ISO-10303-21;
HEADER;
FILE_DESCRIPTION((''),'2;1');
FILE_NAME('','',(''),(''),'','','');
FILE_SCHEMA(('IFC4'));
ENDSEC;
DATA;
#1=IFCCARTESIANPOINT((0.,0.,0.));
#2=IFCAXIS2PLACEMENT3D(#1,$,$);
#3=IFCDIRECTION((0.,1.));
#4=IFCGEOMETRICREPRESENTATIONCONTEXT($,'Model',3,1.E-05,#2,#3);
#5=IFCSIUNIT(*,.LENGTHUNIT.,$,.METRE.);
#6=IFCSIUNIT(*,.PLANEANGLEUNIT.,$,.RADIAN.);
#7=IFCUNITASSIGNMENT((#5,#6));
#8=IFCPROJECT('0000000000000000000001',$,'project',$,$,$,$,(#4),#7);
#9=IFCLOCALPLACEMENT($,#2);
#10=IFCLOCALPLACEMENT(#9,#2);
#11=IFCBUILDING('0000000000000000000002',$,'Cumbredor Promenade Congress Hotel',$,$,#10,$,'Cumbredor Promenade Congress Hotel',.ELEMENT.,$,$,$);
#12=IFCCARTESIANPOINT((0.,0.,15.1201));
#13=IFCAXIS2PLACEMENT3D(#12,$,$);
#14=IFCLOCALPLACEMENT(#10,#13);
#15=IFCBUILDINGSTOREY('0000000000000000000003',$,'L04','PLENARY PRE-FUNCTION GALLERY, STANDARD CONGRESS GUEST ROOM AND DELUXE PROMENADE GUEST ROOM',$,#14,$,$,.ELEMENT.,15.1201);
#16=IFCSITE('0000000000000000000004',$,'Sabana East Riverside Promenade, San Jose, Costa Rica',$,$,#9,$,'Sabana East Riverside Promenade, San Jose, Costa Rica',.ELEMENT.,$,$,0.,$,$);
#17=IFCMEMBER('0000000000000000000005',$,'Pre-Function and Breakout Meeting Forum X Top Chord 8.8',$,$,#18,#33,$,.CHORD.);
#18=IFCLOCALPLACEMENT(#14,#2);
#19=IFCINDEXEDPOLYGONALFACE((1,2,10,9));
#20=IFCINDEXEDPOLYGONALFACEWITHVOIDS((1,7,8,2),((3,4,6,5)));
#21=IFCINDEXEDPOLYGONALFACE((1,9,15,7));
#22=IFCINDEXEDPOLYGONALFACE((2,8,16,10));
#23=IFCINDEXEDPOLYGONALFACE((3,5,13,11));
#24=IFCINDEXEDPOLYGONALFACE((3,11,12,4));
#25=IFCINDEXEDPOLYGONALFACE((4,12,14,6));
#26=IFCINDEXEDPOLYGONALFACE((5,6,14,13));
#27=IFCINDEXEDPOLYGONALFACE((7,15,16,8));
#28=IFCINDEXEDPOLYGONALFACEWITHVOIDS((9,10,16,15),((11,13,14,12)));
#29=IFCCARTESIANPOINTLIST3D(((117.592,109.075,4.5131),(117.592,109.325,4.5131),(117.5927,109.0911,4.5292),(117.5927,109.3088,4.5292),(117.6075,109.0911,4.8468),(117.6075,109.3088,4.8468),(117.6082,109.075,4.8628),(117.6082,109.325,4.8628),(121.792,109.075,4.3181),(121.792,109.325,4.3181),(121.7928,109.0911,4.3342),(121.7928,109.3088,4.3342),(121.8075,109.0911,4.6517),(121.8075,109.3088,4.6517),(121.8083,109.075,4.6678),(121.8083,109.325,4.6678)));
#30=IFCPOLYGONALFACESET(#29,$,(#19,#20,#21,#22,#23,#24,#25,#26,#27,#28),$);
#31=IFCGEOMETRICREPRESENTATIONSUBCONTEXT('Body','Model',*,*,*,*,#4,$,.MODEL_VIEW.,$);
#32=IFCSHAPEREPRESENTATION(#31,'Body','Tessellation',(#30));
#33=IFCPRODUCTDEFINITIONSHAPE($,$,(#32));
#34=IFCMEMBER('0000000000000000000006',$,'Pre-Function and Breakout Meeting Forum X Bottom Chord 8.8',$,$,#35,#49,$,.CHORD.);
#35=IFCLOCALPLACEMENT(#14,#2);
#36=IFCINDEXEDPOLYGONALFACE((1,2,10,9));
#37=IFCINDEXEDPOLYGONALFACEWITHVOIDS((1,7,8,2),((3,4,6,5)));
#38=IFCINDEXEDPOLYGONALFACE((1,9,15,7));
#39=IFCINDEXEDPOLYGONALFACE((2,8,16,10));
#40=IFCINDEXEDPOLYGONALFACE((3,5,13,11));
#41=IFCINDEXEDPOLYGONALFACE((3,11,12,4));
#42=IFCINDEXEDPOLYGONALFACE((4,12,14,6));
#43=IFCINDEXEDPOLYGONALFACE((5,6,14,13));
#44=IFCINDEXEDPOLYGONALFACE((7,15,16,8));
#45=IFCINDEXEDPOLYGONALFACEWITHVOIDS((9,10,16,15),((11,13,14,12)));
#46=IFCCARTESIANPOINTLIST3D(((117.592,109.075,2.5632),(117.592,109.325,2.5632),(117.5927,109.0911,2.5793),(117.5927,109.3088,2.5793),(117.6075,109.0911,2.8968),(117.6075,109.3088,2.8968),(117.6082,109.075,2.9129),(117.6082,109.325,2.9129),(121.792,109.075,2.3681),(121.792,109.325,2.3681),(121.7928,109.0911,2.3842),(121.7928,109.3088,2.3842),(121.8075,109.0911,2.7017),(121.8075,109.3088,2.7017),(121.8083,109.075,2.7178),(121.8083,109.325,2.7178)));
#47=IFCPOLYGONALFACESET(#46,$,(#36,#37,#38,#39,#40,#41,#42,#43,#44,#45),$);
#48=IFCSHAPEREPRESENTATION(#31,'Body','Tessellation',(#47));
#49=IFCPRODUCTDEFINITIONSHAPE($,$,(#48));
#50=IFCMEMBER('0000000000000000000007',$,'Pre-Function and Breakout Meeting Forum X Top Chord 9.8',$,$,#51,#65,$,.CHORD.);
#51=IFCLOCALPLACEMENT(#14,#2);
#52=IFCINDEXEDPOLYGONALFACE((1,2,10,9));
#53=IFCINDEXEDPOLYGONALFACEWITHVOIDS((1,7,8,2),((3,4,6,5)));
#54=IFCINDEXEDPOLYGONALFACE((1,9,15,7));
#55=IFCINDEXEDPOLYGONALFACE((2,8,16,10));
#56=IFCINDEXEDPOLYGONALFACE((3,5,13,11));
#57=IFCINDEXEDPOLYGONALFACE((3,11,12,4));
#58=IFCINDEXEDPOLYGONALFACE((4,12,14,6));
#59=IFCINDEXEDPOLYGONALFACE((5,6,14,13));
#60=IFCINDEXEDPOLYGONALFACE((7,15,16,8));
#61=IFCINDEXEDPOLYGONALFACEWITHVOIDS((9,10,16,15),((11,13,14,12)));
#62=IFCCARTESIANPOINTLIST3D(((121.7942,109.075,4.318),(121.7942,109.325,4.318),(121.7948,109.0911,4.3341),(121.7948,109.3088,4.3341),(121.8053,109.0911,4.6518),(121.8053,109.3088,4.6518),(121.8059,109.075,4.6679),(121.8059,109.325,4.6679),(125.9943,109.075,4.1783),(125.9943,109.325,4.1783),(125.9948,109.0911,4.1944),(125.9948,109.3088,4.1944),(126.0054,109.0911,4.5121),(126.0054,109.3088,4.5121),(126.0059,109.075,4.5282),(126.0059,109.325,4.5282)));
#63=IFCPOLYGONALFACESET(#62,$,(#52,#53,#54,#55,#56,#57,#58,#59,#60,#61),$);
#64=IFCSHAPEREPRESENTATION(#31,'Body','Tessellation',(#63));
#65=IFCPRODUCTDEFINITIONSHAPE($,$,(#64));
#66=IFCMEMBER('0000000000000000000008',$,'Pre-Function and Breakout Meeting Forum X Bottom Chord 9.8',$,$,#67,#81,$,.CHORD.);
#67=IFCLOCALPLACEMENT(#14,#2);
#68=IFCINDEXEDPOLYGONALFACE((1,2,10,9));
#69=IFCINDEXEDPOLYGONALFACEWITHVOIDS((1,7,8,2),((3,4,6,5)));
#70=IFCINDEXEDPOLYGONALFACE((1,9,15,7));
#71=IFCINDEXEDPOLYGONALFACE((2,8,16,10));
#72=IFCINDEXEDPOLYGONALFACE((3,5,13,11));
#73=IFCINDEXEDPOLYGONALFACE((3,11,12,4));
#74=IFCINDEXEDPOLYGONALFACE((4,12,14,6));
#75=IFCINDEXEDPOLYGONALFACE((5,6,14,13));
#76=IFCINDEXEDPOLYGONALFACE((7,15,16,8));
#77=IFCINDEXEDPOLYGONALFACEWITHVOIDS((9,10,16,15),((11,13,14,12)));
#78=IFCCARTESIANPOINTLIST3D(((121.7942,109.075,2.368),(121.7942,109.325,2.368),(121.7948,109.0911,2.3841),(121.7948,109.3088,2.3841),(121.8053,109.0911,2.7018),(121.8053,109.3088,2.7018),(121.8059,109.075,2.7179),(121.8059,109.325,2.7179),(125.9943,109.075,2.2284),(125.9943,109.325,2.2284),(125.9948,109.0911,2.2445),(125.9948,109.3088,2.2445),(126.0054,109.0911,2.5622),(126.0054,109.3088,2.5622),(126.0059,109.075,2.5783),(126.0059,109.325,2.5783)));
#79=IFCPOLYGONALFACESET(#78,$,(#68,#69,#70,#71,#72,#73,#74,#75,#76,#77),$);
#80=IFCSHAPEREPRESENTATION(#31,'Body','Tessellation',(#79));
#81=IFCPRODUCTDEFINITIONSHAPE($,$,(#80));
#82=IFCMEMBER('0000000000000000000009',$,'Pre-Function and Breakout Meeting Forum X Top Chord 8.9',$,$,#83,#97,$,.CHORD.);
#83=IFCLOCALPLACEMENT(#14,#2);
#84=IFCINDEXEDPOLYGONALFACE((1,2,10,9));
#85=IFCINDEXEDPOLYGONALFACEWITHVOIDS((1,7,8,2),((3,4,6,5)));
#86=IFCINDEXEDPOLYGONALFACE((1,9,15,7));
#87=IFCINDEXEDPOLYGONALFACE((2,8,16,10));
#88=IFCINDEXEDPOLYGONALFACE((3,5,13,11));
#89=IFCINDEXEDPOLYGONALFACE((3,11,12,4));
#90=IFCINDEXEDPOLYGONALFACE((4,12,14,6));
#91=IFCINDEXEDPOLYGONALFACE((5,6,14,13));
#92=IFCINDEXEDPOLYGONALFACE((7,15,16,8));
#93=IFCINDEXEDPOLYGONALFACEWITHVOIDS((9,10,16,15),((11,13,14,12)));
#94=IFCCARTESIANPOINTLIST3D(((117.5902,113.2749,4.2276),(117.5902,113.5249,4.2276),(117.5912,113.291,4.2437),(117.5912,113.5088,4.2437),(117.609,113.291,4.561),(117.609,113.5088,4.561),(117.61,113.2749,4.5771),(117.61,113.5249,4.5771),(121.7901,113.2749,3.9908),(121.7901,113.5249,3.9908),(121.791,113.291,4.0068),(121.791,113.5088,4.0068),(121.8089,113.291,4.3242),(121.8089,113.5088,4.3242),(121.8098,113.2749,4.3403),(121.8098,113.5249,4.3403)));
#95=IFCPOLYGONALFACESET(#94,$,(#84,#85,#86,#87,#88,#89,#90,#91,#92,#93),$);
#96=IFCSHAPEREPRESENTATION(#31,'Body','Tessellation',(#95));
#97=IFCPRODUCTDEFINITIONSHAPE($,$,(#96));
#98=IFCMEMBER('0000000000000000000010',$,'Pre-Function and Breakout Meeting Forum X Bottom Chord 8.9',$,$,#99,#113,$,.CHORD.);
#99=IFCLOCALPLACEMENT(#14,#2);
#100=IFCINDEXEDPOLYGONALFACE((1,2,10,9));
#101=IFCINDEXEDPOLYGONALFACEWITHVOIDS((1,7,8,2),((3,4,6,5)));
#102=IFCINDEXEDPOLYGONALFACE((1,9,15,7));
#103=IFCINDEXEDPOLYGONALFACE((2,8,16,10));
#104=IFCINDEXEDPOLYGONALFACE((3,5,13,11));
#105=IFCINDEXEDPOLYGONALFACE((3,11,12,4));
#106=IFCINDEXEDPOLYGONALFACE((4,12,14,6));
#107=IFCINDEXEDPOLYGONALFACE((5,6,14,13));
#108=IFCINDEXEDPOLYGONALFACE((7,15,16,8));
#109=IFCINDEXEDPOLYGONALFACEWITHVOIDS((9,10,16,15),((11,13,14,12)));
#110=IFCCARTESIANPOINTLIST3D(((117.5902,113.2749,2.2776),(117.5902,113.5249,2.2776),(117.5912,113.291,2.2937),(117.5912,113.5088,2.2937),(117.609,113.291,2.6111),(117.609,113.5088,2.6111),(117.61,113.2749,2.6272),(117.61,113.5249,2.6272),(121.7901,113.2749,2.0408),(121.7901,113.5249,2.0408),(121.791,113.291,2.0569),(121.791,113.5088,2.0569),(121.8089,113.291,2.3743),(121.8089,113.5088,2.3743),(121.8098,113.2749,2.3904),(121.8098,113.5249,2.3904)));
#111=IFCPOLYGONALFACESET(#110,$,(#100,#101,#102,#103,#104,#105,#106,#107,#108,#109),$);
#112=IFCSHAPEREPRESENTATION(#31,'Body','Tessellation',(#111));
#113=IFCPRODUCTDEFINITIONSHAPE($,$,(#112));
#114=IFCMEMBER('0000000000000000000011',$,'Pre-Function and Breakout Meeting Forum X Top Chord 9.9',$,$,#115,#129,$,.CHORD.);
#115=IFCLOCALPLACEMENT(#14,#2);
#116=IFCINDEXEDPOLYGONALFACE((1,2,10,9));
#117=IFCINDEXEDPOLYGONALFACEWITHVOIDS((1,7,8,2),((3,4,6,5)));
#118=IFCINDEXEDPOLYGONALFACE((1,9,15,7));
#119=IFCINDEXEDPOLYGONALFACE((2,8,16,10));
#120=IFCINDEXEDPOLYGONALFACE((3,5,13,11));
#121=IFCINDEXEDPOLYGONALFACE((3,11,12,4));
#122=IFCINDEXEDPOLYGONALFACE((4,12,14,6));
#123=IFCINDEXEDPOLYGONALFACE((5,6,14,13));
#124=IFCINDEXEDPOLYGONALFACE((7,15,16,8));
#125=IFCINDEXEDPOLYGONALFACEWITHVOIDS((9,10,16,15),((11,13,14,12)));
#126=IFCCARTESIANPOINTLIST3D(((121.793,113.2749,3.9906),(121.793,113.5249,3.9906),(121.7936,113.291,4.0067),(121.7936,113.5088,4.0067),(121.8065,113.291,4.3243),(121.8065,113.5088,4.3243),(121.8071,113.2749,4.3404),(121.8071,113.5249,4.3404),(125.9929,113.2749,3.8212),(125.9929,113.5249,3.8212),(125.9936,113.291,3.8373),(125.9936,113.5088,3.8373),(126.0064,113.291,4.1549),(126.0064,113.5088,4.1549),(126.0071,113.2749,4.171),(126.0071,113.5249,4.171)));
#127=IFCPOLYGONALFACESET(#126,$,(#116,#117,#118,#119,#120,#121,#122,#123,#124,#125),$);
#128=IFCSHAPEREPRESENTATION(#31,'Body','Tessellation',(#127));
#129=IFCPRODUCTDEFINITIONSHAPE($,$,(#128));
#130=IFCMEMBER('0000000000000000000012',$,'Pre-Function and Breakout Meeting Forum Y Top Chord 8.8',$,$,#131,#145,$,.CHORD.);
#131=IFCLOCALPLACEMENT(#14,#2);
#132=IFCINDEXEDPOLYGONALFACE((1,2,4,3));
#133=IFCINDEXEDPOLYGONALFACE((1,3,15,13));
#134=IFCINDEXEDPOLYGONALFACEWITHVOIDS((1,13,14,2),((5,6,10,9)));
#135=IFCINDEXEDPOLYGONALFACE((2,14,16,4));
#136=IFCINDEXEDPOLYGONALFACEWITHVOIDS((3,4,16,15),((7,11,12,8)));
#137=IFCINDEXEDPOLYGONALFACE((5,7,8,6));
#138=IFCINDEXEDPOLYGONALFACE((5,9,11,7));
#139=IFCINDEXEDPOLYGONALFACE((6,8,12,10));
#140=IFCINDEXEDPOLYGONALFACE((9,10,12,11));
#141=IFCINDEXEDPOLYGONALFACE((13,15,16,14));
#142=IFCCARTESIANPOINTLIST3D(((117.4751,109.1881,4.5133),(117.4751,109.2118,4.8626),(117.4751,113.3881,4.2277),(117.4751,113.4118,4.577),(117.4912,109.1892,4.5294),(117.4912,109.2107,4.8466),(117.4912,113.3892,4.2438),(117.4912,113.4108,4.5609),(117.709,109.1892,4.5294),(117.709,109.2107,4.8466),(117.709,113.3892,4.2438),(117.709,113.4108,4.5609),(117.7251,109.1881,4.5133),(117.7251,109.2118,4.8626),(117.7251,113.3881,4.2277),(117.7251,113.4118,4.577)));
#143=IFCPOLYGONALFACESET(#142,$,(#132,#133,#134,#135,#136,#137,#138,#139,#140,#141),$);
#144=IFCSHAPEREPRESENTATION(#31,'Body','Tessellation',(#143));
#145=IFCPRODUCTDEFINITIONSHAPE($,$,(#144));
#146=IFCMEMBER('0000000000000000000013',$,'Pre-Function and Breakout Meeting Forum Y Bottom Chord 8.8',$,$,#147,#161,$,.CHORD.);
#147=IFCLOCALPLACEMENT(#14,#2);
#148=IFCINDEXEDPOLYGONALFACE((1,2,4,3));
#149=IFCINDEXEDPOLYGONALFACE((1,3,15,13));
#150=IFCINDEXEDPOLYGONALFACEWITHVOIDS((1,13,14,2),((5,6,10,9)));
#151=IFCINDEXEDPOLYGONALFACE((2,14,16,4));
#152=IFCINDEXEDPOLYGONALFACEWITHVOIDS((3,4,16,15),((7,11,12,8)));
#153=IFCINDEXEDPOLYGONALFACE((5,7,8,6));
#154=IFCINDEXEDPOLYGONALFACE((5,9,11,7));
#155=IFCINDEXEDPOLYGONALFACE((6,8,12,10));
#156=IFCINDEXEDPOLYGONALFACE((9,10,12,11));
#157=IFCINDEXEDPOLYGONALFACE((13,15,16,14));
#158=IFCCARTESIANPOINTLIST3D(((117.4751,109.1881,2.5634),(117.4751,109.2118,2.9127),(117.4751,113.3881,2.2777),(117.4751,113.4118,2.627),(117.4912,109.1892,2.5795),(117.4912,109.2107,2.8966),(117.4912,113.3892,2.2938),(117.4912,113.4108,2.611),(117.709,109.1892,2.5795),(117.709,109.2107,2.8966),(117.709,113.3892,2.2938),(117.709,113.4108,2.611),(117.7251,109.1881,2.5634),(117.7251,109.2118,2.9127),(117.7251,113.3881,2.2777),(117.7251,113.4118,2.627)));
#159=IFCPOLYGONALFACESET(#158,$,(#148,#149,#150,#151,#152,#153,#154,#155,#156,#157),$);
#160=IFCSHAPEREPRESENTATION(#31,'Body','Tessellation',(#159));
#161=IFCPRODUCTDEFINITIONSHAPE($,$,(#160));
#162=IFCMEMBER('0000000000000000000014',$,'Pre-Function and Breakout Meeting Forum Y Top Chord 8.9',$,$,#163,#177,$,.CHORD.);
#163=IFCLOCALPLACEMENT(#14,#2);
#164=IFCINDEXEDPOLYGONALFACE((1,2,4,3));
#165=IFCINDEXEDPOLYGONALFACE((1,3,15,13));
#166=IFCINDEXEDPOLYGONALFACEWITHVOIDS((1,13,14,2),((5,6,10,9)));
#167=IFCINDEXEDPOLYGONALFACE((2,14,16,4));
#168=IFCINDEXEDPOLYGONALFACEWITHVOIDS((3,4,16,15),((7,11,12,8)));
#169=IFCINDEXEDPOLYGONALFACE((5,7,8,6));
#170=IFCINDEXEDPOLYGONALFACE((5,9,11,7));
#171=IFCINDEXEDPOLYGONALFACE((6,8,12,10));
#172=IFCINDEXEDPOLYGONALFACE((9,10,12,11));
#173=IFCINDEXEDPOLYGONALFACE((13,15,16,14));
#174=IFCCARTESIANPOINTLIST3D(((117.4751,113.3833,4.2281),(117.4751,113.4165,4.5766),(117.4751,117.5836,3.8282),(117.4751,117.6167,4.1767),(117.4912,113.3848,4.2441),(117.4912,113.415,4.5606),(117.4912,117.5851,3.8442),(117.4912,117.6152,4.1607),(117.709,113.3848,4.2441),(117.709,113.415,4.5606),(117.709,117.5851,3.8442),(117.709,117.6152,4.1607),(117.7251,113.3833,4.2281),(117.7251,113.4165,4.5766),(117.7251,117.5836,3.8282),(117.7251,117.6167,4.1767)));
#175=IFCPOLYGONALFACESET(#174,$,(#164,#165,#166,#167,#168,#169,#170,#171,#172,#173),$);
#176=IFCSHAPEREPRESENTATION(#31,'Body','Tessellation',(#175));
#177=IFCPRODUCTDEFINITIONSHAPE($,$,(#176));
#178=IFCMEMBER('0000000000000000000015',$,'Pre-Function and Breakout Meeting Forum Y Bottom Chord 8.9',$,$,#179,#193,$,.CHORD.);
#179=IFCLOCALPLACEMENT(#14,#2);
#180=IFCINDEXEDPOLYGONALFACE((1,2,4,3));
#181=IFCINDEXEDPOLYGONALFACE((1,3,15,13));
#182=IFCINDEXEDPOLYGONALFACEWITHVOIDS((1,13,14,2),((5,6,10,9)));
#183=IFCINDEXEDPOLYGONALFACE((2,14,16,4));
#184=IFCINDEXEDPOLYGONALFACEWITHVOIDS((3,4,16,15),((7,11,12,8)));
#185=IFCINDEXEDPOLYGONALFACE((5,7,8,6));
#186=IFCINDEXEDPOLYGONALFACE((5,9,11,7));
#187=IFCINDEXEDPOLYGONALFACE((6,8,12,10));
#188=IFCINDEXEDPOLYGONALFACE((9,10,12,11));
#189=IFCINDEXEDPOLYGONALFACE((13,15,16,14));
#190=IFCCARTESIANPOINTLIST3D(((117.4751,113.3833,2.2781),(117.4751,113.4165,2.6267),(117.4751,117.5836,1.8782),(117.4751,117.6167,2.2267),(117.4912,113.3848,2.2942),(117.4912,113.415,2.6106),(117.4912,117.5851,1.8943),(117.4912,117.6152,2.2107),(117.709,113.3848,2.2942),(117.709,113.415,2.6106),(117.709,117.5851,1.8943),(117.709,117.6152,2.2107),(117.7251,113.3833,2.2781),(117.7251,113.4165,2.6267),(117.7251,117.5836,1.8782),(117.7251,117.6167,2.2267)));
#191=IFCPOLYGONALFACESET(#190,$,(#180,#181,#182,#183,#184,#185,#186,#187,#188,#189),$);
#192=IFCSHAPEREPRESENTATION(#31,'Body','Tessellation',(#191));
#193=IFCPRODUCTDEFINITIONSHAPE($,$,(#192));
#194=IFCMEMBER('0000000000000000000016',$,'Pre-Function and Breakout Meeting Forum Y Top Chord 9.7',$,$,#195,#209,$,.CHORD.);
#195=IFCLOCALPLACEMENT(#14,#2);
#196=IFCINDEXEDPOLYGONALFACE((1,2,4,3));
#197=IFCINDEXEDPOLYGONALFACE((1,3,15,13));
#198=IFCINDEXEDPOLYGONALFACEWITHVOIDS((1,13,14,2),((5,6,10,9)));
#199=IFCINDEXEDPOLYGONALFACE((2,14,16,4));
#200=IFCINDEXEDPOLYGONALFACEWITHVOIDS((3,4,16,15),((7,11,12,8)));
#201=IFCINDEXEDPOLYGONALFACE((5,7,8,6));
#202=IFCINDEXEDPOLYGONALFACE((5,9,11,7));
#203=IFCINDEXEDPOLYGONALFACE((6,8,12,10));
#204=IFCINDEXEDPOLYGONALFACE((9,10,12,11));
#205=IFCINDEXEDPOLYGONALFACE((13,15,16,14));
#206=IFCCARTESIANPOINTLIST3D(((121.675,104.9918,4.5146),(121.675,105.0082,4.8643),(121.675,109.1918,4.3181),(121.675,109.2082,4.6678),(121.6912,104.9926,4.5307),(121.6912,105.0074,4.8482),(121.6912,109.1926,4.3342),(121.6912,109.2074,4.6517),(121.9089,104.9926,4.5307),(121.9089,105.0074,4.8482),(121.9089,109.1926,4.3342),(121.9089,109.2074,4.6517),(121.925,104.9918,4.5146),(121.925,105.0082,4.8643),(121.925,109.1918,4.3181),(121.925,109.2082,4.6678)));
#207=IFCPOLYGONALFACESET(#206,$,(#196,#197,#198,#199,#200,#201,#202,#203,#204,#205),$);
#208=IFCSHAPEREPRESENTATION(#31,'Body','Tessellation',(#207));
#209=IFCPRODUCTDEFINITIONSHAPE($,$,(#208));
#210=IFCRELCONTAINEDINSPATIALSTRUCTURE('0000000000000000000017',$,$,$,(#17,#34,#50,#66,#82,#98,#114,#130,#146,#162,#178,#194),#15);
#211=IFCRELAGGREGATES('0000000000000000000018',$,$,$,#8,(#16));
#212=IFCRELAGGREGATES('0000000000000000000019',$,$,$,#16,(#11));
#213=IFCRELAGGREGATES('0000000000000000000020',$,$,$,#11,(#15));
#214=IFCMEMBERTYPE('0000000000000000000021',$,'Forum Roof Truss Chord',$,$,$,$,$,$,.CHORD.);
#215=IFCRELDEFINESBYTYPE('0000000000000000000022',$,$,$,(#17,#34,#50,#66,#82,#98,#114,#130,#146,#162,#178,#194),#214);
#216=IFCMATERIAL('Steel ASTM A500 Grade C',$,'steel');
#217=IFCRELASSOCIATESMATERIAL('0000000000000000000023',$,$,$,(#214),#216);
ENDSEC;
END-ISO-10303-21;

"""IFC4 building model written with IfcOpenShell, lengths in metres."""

from ifc_helpers import new_model, si_unit, direction, frame, origin, origin_2d, place, context, subcontext, project, spatial, hollow_rectangle, extrude, material, material_profile, profile_set, type_object, element, save


model = new_model("IFC4")

# Units and contexts
model_context = context("Model", 3, precision=1e-05, world=origin(), true_north=direction((0.0, 1.0)))
body_context = subcontext(model_context, "Body", "Model", "MODEL_VIEW")
ifc_project = project(units=[si_unit("LENGTHUNIT", "METRE"), si_unit("PLANEANGLEUNIT", "RADIAN")], contexts=[model_context])

# Site, building, storey
site_placement = place(None, origin())
site = spatial("IfcSite", under=ifc_project, at=site_placement, Name="Sabana East Riverside Promenade, San Jose, Costa Rica", LongName="Sabana East Riverside Promenade, San Jose, Costa Rica", CompositionType="ELEMENT", RefElevation=0.0)
building_placement = place(site_placement, origin())
building = spatial("IfcBuilding", under=site, at=building_placement, Name="Cumbredor Promenade Congress Hotel", LongName="Cumbredor Promenade Congress Hotel", CompositionType="ELEMENT")
storey_placement = place(building_placement, frame((0.0, 0.0, 15.1201)))
storey = spatial("IfcBuildingStorey", under=building, at=storey_placement, Name="L04", Description="PLENARY PRE-FUNCTION GALLERY, STANDARD CONGRESS GUEST ROOM AND DELUXE PROMENADE GUEST ROOM", CompositionType="ELEMENT", Elevation=15.1201)

# Members
ifc_material_1 = material(Name="Steel ASTM A500 Grade C", Category="steel")
ifc_material_profile_1 = material_profile(ifc_material_1, hollow_rectangle(XDim=0.25, YDim=0.3501, WallThickness=0.0161, at=origin_2d()), Name="HSS 350x250x16")
ifc_profile_set_1 = profile_set([ifc_material_profile_1], Name="Steel ASTM A500 Grade C")
member_type_1 = type_object("IfcMemberType", Name="Forum Roof Truss Chord", PredefinedType="CHORD", material=ifc_profile_set_1)
for number, where, z_axis, x_axis, name in (
    (1, (117.6001, 109.2, 4.688), (0.998923, 0.0, -0.046395), (0.0, 1.0, 0.0), "Pre-Function and Breakout Meeting Forum X Top Chord 8.8"),
    (2, (117.6001, 109.2, 2.738), (0.998923, 0.0, -0.046395), (0.0, 1.0, 0.0), "Pre-Function and Breakout Meeting Forum X Bottom Chord 8.8"),
):
    element("IfcMember", number, at=place(storey_placement, frame(where, z_axis=z_axis, x_axis=x_axis)), inside=storey, type_object=member_type_1, Name=name, PredefinedType="CHORD", context=body_context, shape_type="SweptSolid", body=[
        extrude(hollow_rectangle(XDim=0.25, YDim=0.3501, WallThickness=0.0161, at=origin_2d()), origin(), (0.0, 0.0, 1.0), 4.2046),
    ])
for number, where, z_axis, x_axis, name in (
    (3, (121.8, 109.2, 4.4929), (0.999448, 0.0, -0.033232), (0.0, 1.0, 0.0), "Pre-Function and Breakout Meeting Forum X Top Chord 9.8"),
    (4, (121.8, 109.2, 2.543), (0.999448, 0.0, -0.033232), (0.0, 1.0, 0.0), "Pre-Function and Breakout Meeting Forum X Bottom Chord 9.8"),
):
    element("IfcMember", number, at=place(storey_placement, frame(where, z_axis=z_axis, x_axis=x_axis)), inside=storey, type_object=member_type_1, Name=name, PredefinedType="CHORD", context=body_context, shape_type="SweptSolid", body=[
        extrude(hollow_rectangle(XDim=0.25, YDim=0.3501, WallThickness=0.0161, at=origin_2d()), origin(), (0.0, 0.0, 1.0), 4.2024),
    ])
for number, where, z_axis, x_axis, name in (
    (5, (117.6001, 113.3999, 4.4023), (0.998414, 0.0, -0.056296), (0.0, 1.0, 0.0), "Pre-Function and Breakout Meeting Forum X Top Chord 8.9"),
    (6, (117.6001, 113.3999, 2.4524), (0.998414, 0.0, -0.056296), (0.0, 1.0, 0.0), "Pre-Function and Breakout Meeting Forum X Bottom Chord 8.9"),
):
    element("IfcMember", number, at=place(storey_placement, frame(where, z_axis=z_axis, x_axis=x_axis)), inside=storey, type_object=member_type_1, Name=name, PredefinedType="CHORD", context=body_context, shape_type="SweptSolid", body=[
        extrude(hollow_rectangle(XDim=0.25, YDim=0.3501, WallThickness=0.0161, at=origin_2d()), origin(), (0.0, 0.0, 1.0), 4.2065),
    ])
member_1_placement = place(storey_placement, frame((121.8, 113.3999, 4.1655), z_axis=(0.999187, 0.0, -0.040309), x_axis=(0.0, 1.0, 0.0)))
element("IfcMember", 7, at=member_1_placement, inside=storey, type_object=member_type_1, Name="Pre-Function and Breakout Meeting Forum X Top Chord 9.9", PredefinedType="CHORD", context=body_context, shape_type="SweptSolid", body=[
    extrude(hollow_rectangle(XDim=0.25, YDim=0.3501, WallThickness=0.0161, at=origin_2d()), origin(), (0.0, 0.0, 1.0), 4.2034),
])
for number, where, z_axis, x_axis, name in (
    (8, (117.6001, 109.2, 4.688), (0.0, 0.997695, -0.067855), (-1.0, 0.0, 0.0), "Pre-Function and Breakout Meeting Forum Y Top Chord 8.8"),
    (9, (117.6001, 109.2, 2.738), (0.0, 0.997695, -0.067855), (-1.0, 0.0, 0.0), "Pre-Function and Breakout Meeting Forum Y Bottom Chord 8.8"),
):
    element("IfcMember", number, at=place(storey_placement, frame(where, z_axis=z_axis, x_axis=x_axis)), inside=storey, type_object=member_type_1, Name=name, PredefinedType="CHORD", context=body_context, shape_type="SweptSolid", body=[
        extrude(hollow_rectangle(XDim=0.25, YDim=0.3501, WallThickness=0.0161, at=origin_2d()), origin(), (0.0, 0.0, 1.0), 4.2097),
    ])
for number, where, z_axis, x_axis, name in (
    (10, (117.6001, 113.3999, 4.4023), (0.0, 0.995498, -0.094782), (-1.0, 0.0, 0.0), "Pre-Function and Breakout Meeting Forum Y Top Chord 8.9"),
    (11, (117.6001, 113.3999, 2.4524), (0.0, 0.995498, -0.094782), (-1.0, 0.0, 0.0), "Pre-Function and Breakout Meeting Forum Y Bottom Chord 8.9"),
):
    element("IfcMember", number, at=place(storey_placement, frame(where, z_axis=z_axis, x_axis=x_axis)), inside=storey, type_object=member_type_1, Name=name, PredefinedType="CHORD", context=body_context, shape_type="SweptSolid", body=[
        extrude(hollow_rectangle(XDim=0.25, YDim=0.3501, WallThickness=0.0161, at=origin_2d()), origin(), (0.0, 0.0, 1.0), 4.2192),
    ])
for number, where, z_axis, x_axis, name in (
    (12, (121.8, 105.0, 4.6895), (0.0, 0.998907, -0.046743), (-1.0, 0.0, 0.0), "Pre-Function and Breakout Meeting Forum Y Top Chord 9.7"),
):
    element("IfcMember", number, at=place(storey_placement, frame(where, z_axis=z_axis, x_axis=x_axis)), inside=storey, type_object=member_type_1, Name=name, PredefinedType="CHORD", context=body_context, shape_type="SweptSolid", body=[
        extrude(hollow_rectangle(XDim=0.25, YDim=0.3501, WallThickness=0.0161, at=origin_2d()), origin(), (0.0, 0.0, 1.0), 4.2046),
    ])

save(model, "model.ifc")
